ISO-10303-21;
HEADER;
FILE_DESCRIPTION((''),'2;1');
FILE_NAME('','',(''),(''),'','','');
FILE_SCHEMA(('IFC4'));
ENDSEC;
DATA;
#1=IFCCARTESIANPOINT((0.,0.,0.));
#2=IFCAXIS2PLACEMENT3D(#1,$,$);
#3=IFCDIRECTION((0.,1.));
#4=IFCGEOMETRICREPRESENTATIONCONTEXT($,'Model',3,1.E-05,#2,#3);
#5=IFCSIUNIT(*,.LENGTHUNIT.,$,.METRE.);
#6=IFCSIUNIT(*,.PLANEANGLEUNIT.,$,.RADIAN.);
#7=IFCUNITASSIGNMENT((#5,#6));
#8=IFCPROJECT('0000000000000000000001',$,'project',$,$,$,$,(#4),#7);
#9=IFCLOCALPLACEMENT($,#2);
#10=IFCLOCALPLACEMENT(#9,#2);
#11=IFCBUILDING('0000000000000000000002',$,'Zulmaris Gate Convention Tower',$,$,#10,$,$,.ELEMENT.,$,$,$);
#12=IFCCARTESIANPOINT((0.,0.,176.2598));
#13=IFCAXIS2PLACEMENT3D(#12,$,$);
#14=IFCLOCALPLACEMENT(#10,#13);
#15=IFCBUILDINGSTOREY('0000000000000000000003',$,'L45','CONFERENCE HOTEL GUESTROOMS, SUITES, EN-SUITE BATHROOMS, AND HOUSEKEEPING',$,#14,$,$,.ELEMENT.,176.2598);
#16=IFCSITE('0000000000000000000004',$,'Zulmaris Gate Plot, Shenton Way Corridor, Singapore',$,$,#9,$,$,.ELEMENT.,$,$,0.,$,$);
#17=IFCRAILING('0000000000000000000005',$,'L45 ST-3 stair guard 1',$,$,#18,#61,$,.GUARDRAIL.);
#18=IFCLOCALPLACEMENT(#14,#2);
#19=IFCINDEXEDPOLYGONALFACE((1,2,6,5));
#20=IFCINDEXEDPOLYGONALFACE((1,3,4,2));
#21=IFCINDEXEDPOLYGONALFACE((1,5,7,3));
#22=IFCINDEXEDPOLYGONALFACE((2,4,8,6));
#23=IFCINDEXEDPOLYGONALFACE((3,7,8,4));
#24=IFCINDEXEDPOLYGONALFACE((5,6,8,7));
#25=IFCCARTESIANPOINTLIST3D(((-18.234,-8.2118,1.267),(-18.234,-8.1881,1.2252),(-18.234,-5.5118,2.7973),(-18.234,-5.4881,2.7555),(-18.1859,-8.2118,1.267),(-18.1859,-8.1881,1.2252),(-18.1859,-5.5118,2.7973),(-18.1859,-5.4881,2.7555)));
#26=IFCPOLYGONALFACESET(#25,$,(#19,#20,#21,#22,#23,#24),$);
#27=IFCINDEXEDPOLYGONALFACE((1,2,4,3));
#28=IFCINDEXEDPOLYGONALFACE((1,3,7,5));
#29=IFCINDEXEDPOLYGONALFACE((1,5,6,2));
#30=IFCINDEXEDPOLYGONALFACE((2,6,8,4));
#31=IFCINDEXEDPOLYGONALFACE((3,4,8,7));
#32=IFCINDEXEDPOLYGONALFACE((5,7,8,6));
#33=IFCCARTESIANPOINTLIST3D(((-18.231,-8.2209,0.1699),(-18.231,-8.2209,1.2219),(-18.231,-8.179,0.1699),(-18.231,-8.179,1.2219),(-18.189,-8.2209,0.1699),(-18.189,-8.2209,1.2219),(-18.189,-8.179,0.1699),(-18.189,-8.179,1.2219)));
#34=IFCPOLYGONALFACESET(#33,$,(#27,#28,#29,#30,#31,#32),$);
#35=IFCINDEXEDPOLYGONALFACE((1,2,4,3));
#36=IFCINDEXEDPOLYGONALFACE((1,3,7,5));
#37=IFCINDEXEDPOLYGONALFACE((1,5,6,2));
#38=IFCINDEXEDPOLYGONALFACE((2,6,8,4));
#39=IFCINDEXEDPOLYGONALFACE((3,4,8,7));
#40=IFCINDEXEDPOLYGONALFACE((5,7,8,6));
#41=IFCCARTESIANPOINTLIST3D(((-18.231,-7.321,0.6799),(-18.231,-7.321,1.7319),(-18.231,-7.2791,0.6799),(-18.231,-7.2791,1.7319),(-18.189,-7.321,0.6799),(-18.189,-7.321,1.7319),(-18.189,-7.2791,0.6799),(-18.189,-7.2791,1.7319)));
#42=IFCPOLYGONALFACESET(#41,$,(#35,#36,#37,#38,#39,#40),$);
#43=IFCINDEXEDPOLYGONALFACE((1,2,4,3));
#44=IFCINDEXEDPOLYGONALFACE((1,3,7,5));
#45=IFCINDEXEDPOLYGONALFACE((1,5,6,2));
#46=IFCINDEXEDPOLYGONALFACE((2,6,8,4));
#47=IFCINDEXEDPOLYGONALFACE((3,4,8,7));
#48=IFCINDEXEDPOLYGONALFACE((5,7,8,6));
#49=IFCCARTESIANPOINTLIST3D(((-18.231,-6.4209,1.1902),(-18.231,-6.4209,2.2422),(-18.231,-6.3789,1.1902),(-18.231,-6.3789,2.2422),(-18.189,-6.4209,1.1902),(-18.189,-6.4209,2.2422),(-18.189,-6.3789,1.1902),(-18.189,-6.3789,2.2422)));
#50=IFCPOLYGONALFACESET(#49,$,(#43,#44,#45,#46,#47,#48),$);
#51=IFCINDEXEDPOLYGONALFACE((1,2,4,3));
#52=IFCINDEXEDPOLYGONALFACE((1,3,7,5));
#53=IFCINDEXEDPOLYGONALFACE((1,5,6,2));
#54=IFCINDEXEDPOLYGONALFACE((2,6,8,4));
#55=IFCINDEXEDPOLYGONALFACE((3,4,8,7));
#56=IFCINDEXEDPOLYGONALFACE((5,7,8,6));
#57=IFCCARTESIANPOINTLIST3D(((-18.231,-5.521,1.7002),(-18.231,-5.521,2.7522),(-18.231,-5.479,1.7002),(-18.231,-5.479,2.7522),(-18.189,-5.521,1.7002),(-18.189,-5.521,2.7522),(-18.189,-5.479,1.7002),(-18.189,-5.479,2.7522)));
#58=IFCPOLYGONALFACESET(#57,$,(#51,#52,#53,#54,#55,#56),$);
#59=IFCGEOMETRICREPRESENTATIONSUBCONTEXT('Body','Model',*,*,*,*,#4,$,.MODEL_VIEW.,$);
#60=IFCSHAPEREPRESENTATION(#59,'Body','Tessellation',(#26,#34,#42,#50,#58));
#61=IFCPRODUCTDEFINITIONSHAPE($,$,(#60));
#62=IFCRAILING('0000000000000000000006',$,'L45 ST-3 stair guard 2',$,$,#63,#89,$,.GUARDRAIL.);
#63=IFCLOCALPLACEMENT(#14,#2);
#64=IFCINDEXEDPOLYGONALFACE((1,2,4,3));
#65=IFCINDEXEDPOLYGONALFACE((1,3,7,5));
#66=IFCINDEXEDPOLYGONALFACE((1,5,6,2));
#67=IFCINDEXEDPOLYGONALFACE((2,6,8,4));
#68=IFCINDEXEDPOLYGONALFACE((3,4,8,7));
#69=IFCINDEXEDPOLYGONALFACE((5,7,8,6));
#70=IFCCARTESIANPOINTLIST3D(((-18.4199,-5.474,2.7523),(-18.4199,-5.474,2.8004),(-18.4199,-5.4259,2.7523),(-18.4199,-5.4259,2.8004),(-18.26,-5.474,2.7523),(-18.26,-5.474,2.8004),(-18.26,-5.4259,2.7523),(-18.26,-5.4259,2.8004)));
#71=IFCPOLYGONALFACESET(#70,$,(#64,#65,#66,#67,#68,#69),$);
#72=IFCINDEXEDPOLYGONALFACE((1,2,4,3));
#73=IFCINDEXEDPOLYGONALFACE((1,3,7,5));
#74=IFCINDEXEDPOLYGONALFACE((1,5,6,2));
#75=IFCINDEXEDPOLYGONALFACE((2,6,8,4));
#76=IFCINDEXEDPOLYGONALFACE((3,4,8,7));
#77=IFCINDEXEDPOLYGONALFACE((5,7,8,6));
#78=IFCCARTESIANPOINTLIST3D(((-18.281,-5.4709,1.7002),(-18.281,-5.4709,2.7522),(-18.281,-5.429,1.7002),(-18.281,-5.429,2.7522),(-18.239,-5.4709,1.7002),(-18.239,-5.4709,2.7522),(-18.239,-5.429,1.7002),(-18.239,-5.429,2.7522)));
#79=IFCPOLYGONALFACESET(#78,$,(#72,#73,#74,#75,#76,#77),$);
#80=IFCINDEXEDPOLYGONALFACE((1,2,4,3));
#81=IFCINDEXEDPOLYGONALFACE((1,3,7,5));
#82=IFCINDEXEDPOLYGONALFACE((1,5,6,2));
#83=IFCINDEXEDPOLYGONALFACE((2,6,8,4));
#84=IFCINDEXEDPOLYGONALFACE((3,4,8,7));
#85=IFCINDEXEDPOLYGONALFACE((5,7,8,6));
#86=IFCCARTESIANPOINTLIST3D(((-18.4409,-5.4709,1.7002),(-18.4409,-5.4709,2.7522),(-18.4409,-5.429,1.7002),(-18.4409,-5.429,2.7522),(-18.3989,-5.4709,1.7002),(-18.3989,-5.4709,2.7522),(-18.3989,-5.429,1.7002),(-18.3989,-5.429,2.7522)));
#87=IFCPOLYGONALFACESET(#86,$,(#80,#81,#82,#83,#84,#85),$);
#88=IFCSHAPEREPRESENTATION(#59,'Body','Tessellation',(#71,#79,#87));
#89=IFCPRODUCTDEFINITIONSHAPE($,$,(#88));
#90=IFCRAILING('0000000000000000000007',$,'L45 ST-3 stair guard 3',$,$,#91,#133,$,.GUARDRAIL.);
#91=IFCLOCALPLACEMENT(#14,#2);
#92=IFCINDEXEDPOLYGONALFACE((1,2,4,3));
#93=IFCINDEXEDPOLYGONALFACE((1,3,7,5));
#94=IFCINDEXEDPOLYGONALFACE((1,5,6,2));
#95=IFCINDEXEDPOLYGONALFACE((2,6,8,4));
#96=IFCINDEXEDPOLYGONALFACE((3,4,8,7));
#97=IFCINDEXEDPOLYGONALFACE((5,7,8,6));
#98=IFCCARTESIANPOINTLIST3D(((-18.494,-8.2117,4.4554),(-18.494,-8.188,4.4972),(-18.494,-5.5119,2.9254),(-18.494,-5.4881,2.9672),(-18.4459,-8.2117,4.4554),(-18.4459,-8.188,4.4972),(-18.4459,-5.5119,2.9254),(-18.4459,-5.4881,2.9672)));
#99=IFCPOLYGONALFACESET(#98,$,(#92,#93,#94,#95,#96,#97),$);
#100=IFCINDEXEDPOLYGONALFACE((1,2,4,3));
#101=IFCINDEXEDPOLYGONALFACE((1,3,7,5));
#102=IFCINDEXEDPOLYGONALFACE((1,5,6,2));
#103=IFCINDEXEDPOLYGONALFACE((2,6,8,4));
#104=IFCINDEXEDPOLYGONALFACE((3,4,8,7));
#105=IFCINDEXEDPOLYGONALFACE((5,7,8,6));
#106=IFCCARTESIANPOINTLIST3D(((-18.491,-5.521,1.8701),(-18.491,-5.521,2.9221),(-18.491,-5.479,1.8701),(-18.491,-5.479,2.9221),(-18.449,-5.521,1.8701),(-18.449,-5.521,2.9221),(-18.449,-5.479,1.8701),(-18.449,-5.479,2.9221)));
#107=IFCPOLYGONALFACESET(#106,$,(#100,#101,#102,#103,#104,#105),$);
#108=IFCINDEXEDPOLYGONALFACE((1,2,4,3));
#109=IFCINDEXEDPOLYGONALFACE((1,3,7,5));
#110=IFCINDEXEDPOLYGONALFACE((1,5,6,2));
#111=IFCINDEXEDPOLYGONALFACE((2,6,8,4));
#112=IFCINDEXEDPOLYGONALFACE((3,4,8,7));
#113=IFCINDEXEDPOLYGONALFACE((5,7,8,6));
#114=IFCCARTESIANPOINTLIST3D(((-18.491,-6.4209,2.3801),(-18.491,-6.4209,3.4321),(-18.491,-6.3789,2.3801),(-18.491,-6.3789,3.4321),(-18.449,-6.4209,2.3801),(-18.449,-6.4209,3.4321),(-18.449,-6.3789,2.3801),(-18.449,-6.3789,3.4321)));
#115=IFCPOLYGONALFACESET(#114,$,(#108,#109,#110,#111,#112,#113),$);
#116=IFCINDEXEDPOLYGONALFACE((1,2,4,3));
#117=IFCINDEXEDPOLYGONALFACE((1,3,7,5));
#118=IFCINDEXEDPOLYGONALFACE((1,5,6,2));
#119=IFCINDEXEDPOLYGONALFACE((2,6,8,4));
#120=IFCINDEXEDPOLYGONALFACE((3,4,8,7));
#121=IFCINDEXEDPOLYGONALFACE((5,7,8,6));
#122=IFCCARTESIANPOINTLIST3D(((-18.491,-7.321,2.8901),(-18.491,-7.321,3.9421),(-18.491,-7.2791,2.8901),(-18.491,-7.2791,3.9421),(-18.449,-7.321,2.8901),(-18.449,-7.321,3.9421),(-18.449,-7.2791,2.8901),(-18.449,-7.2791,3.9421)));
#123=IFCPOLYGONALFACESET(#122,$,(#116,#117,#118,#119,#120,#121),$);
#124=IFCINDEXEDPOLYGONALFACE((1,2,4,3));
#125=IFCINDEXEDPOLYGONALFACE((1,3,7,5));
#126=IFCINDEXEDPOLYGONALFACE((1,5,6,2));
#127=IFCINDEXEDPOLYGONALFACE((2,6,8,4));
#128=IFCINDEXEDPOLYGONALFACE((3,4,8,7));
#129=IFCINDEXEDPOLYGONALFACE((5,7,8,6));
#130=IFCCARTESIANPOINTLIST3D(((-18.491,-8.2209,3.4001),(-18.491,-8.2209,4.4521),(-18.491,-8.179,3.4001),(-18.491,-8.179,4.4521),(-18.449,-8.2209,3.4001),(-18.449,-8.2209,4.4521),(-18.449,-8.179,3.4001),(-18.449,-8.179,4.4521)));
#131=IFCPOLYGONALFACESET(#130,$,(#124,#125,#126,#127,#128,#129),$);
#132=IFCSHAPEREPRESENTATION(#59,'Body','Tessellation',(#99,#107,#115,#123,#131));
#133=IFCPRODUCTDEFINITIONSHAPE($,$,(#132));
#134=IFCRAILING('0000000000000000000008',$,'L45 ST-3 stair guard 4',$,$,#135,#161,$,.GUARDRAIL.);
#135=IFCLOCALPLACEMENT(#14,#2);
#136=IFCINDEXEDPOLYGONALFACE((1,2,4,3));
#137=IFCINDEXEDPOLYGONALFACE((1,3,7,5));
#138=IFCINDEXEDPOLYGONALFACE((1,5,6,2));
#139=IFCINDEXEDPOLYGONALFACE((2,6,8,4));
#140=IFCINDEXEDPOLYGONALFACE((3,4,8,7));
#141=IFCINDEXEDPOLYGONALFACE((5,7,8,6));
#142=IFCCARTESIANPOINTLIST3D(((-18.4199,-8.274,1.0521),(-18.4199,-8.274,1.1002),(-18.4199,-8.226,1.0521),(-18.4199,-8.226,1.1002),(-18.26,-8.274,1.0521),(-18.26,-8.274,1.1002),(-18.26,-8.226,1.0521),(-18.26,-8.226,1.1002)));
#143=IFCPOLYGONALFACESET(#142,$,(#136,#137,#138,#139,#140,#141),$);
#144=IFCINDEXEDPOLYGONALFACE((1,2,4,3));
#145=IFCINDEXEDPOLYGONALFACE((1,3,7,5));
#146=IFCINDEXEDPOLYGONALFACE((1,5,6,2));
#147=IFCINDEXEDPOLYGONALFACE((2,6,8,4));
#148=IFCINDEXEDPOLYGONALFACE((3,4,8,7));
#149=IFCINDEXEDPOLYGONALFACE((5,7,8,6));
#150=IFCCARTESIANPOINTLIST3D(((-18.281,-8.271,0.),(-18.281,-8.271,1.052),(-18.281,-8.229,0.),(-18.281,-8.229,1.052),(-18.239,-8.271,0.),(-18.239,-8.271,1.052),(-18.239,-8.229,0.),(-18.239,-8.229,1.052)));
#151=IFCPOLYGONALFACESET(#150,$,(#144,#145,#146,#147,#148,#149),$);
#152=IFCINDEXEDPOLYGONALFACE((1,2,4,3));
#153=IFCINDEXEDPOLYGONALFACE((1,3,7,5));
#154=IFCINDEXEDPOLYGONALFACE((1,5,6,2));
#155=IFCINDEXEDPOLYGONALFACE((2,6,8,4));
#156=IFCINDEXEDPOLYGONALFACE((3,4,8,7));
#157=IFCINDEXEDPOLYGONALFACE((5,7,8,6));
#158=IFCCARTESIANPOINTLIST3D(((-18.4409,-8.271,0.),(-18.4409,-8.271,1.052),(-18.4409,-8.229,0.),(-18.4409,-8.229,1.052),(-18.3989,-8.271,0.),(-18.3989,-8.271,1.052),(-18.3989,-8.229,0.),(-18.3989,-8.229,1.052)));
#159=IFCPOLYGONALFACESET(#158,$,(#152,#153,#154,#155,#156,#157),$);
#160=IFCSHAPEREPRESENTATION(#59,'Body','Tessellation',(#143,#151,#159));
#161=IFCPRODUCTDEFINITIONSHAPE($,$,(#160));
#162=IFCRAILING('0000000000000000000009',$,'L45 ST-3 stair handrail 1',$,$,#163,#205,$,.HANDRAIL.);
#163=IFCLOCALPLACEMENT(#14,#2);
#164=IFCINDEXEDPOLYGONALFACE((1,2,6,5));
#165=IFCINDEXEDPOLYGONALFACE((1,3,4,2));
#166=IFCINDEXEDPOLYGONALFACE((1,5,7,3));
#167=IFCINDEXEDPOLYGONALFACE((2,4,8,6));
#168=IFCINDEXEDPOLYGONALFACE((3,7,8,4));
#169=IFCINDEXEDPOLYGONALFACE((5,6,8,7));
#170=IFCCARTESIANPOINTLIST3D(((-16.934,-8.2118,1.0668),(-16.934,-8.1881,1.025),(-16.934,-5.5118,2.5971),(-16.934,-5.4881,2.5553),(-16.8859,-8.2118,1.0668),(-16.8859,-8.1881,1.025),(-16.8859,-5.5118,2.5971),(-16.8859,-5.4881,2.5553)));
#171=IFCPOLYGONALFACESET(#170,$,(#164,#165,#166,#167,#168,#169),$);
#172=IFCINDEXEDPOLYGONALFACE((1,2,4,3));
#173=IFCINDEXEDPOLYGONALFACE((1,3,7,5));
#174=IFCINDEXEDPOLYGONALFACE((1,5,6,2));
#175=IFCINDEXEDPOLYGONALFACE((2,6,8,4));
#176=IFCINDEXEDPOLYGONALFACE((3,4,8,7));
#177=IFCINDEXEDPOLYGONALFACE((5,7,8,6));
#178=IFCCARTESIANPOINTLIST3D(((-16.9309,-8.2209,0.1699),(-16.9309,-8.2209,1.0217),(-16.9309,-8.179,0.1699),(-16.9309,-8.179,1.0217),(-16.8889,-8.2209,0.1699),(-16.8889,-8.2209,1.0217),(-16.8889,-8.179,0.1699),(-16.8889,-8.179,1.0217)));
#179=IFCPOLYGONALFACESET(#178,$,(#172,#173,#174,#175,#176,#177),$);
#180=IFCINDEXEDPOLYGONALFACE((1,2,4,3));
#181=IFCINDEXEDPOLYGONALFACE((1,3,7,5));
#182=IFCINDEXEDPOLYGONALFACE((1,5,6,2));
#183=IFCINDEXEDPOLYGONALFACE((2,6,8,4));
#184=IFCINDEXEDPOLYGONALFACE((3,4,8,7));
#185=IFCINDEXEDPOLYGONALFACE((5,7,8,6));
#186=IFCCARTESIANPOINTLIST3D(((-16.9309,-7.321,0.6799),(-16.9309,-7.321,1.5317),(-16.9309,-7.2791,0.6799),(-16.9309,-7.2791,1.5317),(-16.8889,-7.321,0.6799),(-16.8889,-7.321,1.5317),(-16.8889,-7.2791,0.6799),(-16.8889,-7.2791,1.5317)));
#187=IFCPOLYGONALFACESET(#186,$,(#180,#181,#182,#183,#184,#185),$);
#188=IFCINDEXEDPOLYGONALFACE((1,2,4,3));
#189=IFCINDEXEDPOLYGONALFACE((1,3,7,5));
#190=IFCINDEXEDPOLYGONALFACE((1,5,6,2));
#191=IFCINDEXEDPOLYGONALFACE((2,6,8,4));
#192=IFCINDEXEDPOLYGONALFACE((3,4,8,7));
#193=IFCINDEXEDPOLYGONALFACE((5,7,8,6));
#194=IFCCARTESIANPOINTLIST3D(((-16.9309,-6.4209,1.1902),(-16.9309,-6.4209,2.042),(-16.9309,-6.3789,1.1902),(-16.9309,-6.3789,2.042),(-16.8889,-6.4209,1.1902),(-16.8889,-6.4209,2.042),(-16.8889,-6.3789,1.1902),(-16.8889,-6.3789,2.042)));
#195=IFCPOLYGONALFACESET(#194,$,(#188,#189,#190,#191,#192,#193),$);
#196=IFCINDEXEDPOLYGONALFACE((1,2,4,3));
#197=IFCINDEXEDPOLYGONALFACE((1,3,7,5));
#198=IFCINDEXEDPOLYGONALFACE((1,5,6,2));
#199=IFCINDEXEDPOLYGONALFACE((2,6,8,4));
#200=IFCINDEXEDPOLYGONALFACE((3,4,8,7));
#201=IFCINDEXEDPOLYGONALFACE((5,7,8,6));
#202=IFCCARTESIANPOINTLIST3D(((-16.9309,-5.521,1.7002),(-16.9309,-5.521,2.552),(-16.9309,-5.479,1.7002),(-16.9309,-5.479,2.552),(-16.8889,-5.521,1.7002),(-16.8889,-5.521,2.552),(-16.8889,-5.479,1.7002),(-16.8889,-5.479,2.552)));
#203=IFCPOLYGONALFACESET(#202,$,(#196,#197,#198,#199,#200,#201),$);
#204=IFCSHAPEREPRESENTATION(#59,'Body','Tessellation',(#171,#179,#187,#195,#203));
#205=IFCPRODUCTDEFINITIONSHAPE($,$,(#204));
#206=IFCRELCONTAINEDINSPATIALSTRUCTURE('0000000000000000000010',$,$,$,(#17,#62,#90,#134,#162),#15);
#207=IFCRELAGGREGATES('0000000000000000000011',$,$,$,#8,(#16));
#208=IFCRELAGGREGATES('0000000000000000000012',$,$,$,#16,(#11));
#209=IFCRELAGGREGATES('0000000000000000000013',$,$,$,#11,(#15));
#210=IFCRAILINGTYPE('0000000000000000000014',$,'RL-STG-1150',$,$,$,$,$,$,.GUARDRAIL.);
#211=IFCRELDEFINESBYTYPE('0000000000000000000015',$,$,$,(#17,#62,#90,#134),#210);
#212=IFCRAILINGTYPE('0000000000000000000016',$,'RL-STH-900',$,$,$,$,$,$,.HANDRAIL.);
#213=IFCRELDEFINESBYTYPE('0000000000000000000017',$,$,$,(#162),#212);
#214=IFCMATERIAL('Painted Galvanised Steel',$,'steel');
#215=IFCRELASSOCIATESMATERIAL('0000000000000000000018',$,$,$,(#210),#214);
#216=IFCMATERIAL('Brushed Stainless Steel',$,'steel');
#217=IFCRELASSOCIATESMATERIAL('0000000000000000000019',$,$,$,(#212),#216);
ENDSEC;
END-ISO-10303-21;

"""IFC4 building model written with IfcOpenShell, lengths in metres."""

from ifc_helpers import new_model, si_unit, direction, frame, origin, origin_2d, place, context, subcontext, project, spatial, rectangle, extrude, material, type_object, element, save


model = new_model("IFC4")

# Units and contexts
model_context = context("Model", 3, precision=1e-05, world=origin(), true_north=direction((0.0, 1.0)))
body_context = subcontext(model_context, "Body", "Model", "MODEL_VIEW")
ifc_project = project(units=[si_unit("LENGTHUNIT", "METRE"), si_unit("PLANEANGLEUNIT", "RADIAN")], contexts=[model_context])

# Site, building, storey
site_placement = place(None, origin())
site = spatial("IfcSite", under=ifc_project, at=site_placement, Name="Zulmaris Gate Plot, Shenton Way Corridor, Singapore", CompositionType="ELEMENT", RefElevation=0.0)
building_placement = place(site_placement, origin())
building = spatial("IfcBuilding", under=site, at=building_placement, Name="Zulmaris Gate Convention Tower", CompositionType="ELEMENT")
storey_placement = place(building_placement, frame((0.0, 0.0, 176.2598)))
storey = spatial("IfcBuildingStorey", under=building, at=storey_placement, Name="L45", Description="CONFERENCE HOTEL GUESTROOMS, SUITES, EN-SUITE BATHROOMS, AND HOUSEKEEPING", CompositionType="ELEMENT", Elevation=176.2598)

# Shared definitions
ifc_material_1 = material(Name="Brushed Stainless Steel", Category="steel")

# Railings
ifc_material_2 = material(Name="Painted Galvanised Steel", Category="steel")
railing_type_1 = type_object("IfcRailingType", Name="RL-STG-1150", PredefinedType="GUARDRAIL", material=ifc_material_2)
railing_1_placement = place(storey_placement, frame((-18.21, -8.2, 0.1699)))
element("IfcRailing", 1, at=railing_1_placement, inside=storey, type_object=railing_type_1, Name="L45 ST-3 stair guard 1", PredefinedType="GUARDRAIL", context=body_context, shape_type="SweptSolid", body=[
    extrude(rectangle(XDim=0.0481, YDim=0.0481, at=origin_2d()), frame((0.0, 0.0, 1.0762), z_axis=(0.0, 0.869981, 0.493086), x_axis=(-1.0, 0.0, 0.0)), (0.0, 0.0, 1.0), 3.1035),
    extrude(rectangle(XDim=0.042, YDim=0.042, at=origin_2d()), origin(), (0.0, 0.0, 1.0), 1.052),
    extrude(rectangle(XDim=0.042, YDim=0.042, at=origin_2d()), frame((0.0, 0.8999, 0.51)), (0.0, 0.0, 1.0), 1.052),
    extrude(rectangle(XDim=0.042, YDim=0.042, at=origin_2d()), frame((0.0, 1.8, 1.0203)), (0.0, 0.0, 1.0), 1.052),
    extrude(rectangle(XDim=0.042, YDim=0.042, at=origin_2d()), frame((0.0, 2.7, 1.5303)), (0.0, 0.0, 1.0), 1.052),
])
railing_2_placement = place(storey_placement, frame((-18.26, -5.45, 1.7002)))
element("IfcRailing", 2, at=railing_2_placement, inside=storey, type_object=railing_type_1, Name="L45 ST-3 stair guard 2", PredefinedType="GUARDRAIL", context=body_context, shape_type="SweptSolid", body=[
    extrude(rectangle(XDim=0.0481, YDim=0.0481, at=origin_2d()), frame((0.0, 0.0, 1.0762), z_axis=(-1.0, 0.0, 0.0), x_axis=(0.0, -1.0, 0.0)), (0.0, 0.0, 1.0), 0.1599),
    extrude(rectangle(XDim=0.042, YDim=0.042, at=origin_2d()), origin(), (0.0, 0.0, 1.0), 1.052),
    extrude(rectangle(XDim=0.042, YDim=0.042, at=origin_2d()), frame((-0.1599, 0.0, 0.0)), (0.0, 0.0, 1.0), 1.052),
])
railing_3_placement = place(storey_placement, frame((-18.47, -5.5, 1.8701)))
element("IfcRailing", 3, at=railing_3_placement, inside=storey, type_object=railing_type_1, Name="L45 ST-3 stair guard 3", PredefinedType="GUARDRAIL", context=body_context, shape_type="SweptSolid", body=[
    extrude(rectangle(XDim=0.0481, YDim=0.0481, at=origin_2d()), frame((0.0, 0.0, 1.0762), z_axis=(0.0, -0.870014, 0.493026), x_axis=(1.0, 0.0, 0.0)), (0.0, 0.0, 1.0), 3.1033),
    extrude(rectangle(XDim=0.042, YDim=0.042, at=origin_2d()), origin(), (0.0, 0.0, 1.0), 1.052),
    extrude(rectangle(XDim=0.042, YDim=0.042, at=origin_2d()), frame((0.0, -0.8999, 0.51)), (0.0, 0.0, 1.0), 1.052),
    extrude(rectangle(XDim=0.042, YDim=0.042, at=origin_2d()), frame((0.0, -1.8, 1.02)), (0.0, 0.0, 1.0), 1.052),
    extrude(rectangle(XDim=0.042, YDim=0.042, at=origin_2d()), frame((0.0, -2.7, 1.53)), (0.0, 0.0, 1.0), 1.052),
])
railing_4_placement = place(storey_placement, frame((-18.26, -8.25, 0.0)))
element("IfcRailing", 4, at=railing_4_placement, inside=storey, type_object=railing_type_1, Name="L45 ST-3 stair guard 4", PredefinedType="GUARDRAIL", context=body_context, shape_type="SweptSolid", body=[
    extrude(rectangle(XDim=0.0481, YDim=0.0481, at=origin_2d()), frame((0.0, 0.0, 1.0762), z_axis=(-1.0, 0.0, 0.0), x_axis=(0.0, -1.0, 0.0)), (0.0, 0.0, 1.0), 0.1599),
    extrude(rectangle(XDim=0.042, YDim=0.042, at=origin_2d()), origin(), (0.0, 0.0, 1.0), 1.052),
    extrude(rectangle(XDim=0.042, YDim=0.042, at=origin_2d()), frame((-0.1599, 0.0, 0.0)), (0.0, 0.0, 1.0), 1.052),
])
railing_type_2 = type_object("IfcRailingType", Name="RL-STH-900", PredefinedType="HANDRAIL", material=ifc_material_1)
railing_5_placement = place(storey_placement, frame((-16.9099, -8.2, 0.1699)))
element("IfcRailing", 5, at=railing_5_placement, inside=storey, type_object=railing_type_2, Name="L45 ST-3 stair handrail 1", PredefinedType="HANDRAIL", context=body_context, shape_type="SweptSolid", body=[
    extrude(rectangle(XDim=0.0481, YDim=0.0481, at=origin_2d()), frame((0.0, 0.0, 0.876), z_axis=(0.0, 0.869981, 0.493086), x_axis=(-1.0, 0.0, 0.0)), (0.0, 0.0, 1.0), 3.1035),
    extrude(rectangle(XDim=0.042, YDim=0.042, at=origin_2d()), origin(), (0.0, 0.0, 1.0), 0.8518),
    extrude(rectangle(XDim=0.042, YDim=0.042, at=origin_2d()), frame((0.0, 0.8999, 0.51)), (0.0, 0.0, 1.0), 0.8518),
    extrude(rectangle(XDim=0.042, YDim=0.042, at=origin_2d()), frame((0.0, 1.8, 1.0203)), (0.0, 0.0, 1.0), 0.8518),
    extrude(rectangle(XDim=0.042, YDim=0.042, at=origin_2d()), frame((0.0, 2.7, 1.5303)), (0.0, 0.0, 1.0), 0.8518),
])

save(model, "model.ifc")
